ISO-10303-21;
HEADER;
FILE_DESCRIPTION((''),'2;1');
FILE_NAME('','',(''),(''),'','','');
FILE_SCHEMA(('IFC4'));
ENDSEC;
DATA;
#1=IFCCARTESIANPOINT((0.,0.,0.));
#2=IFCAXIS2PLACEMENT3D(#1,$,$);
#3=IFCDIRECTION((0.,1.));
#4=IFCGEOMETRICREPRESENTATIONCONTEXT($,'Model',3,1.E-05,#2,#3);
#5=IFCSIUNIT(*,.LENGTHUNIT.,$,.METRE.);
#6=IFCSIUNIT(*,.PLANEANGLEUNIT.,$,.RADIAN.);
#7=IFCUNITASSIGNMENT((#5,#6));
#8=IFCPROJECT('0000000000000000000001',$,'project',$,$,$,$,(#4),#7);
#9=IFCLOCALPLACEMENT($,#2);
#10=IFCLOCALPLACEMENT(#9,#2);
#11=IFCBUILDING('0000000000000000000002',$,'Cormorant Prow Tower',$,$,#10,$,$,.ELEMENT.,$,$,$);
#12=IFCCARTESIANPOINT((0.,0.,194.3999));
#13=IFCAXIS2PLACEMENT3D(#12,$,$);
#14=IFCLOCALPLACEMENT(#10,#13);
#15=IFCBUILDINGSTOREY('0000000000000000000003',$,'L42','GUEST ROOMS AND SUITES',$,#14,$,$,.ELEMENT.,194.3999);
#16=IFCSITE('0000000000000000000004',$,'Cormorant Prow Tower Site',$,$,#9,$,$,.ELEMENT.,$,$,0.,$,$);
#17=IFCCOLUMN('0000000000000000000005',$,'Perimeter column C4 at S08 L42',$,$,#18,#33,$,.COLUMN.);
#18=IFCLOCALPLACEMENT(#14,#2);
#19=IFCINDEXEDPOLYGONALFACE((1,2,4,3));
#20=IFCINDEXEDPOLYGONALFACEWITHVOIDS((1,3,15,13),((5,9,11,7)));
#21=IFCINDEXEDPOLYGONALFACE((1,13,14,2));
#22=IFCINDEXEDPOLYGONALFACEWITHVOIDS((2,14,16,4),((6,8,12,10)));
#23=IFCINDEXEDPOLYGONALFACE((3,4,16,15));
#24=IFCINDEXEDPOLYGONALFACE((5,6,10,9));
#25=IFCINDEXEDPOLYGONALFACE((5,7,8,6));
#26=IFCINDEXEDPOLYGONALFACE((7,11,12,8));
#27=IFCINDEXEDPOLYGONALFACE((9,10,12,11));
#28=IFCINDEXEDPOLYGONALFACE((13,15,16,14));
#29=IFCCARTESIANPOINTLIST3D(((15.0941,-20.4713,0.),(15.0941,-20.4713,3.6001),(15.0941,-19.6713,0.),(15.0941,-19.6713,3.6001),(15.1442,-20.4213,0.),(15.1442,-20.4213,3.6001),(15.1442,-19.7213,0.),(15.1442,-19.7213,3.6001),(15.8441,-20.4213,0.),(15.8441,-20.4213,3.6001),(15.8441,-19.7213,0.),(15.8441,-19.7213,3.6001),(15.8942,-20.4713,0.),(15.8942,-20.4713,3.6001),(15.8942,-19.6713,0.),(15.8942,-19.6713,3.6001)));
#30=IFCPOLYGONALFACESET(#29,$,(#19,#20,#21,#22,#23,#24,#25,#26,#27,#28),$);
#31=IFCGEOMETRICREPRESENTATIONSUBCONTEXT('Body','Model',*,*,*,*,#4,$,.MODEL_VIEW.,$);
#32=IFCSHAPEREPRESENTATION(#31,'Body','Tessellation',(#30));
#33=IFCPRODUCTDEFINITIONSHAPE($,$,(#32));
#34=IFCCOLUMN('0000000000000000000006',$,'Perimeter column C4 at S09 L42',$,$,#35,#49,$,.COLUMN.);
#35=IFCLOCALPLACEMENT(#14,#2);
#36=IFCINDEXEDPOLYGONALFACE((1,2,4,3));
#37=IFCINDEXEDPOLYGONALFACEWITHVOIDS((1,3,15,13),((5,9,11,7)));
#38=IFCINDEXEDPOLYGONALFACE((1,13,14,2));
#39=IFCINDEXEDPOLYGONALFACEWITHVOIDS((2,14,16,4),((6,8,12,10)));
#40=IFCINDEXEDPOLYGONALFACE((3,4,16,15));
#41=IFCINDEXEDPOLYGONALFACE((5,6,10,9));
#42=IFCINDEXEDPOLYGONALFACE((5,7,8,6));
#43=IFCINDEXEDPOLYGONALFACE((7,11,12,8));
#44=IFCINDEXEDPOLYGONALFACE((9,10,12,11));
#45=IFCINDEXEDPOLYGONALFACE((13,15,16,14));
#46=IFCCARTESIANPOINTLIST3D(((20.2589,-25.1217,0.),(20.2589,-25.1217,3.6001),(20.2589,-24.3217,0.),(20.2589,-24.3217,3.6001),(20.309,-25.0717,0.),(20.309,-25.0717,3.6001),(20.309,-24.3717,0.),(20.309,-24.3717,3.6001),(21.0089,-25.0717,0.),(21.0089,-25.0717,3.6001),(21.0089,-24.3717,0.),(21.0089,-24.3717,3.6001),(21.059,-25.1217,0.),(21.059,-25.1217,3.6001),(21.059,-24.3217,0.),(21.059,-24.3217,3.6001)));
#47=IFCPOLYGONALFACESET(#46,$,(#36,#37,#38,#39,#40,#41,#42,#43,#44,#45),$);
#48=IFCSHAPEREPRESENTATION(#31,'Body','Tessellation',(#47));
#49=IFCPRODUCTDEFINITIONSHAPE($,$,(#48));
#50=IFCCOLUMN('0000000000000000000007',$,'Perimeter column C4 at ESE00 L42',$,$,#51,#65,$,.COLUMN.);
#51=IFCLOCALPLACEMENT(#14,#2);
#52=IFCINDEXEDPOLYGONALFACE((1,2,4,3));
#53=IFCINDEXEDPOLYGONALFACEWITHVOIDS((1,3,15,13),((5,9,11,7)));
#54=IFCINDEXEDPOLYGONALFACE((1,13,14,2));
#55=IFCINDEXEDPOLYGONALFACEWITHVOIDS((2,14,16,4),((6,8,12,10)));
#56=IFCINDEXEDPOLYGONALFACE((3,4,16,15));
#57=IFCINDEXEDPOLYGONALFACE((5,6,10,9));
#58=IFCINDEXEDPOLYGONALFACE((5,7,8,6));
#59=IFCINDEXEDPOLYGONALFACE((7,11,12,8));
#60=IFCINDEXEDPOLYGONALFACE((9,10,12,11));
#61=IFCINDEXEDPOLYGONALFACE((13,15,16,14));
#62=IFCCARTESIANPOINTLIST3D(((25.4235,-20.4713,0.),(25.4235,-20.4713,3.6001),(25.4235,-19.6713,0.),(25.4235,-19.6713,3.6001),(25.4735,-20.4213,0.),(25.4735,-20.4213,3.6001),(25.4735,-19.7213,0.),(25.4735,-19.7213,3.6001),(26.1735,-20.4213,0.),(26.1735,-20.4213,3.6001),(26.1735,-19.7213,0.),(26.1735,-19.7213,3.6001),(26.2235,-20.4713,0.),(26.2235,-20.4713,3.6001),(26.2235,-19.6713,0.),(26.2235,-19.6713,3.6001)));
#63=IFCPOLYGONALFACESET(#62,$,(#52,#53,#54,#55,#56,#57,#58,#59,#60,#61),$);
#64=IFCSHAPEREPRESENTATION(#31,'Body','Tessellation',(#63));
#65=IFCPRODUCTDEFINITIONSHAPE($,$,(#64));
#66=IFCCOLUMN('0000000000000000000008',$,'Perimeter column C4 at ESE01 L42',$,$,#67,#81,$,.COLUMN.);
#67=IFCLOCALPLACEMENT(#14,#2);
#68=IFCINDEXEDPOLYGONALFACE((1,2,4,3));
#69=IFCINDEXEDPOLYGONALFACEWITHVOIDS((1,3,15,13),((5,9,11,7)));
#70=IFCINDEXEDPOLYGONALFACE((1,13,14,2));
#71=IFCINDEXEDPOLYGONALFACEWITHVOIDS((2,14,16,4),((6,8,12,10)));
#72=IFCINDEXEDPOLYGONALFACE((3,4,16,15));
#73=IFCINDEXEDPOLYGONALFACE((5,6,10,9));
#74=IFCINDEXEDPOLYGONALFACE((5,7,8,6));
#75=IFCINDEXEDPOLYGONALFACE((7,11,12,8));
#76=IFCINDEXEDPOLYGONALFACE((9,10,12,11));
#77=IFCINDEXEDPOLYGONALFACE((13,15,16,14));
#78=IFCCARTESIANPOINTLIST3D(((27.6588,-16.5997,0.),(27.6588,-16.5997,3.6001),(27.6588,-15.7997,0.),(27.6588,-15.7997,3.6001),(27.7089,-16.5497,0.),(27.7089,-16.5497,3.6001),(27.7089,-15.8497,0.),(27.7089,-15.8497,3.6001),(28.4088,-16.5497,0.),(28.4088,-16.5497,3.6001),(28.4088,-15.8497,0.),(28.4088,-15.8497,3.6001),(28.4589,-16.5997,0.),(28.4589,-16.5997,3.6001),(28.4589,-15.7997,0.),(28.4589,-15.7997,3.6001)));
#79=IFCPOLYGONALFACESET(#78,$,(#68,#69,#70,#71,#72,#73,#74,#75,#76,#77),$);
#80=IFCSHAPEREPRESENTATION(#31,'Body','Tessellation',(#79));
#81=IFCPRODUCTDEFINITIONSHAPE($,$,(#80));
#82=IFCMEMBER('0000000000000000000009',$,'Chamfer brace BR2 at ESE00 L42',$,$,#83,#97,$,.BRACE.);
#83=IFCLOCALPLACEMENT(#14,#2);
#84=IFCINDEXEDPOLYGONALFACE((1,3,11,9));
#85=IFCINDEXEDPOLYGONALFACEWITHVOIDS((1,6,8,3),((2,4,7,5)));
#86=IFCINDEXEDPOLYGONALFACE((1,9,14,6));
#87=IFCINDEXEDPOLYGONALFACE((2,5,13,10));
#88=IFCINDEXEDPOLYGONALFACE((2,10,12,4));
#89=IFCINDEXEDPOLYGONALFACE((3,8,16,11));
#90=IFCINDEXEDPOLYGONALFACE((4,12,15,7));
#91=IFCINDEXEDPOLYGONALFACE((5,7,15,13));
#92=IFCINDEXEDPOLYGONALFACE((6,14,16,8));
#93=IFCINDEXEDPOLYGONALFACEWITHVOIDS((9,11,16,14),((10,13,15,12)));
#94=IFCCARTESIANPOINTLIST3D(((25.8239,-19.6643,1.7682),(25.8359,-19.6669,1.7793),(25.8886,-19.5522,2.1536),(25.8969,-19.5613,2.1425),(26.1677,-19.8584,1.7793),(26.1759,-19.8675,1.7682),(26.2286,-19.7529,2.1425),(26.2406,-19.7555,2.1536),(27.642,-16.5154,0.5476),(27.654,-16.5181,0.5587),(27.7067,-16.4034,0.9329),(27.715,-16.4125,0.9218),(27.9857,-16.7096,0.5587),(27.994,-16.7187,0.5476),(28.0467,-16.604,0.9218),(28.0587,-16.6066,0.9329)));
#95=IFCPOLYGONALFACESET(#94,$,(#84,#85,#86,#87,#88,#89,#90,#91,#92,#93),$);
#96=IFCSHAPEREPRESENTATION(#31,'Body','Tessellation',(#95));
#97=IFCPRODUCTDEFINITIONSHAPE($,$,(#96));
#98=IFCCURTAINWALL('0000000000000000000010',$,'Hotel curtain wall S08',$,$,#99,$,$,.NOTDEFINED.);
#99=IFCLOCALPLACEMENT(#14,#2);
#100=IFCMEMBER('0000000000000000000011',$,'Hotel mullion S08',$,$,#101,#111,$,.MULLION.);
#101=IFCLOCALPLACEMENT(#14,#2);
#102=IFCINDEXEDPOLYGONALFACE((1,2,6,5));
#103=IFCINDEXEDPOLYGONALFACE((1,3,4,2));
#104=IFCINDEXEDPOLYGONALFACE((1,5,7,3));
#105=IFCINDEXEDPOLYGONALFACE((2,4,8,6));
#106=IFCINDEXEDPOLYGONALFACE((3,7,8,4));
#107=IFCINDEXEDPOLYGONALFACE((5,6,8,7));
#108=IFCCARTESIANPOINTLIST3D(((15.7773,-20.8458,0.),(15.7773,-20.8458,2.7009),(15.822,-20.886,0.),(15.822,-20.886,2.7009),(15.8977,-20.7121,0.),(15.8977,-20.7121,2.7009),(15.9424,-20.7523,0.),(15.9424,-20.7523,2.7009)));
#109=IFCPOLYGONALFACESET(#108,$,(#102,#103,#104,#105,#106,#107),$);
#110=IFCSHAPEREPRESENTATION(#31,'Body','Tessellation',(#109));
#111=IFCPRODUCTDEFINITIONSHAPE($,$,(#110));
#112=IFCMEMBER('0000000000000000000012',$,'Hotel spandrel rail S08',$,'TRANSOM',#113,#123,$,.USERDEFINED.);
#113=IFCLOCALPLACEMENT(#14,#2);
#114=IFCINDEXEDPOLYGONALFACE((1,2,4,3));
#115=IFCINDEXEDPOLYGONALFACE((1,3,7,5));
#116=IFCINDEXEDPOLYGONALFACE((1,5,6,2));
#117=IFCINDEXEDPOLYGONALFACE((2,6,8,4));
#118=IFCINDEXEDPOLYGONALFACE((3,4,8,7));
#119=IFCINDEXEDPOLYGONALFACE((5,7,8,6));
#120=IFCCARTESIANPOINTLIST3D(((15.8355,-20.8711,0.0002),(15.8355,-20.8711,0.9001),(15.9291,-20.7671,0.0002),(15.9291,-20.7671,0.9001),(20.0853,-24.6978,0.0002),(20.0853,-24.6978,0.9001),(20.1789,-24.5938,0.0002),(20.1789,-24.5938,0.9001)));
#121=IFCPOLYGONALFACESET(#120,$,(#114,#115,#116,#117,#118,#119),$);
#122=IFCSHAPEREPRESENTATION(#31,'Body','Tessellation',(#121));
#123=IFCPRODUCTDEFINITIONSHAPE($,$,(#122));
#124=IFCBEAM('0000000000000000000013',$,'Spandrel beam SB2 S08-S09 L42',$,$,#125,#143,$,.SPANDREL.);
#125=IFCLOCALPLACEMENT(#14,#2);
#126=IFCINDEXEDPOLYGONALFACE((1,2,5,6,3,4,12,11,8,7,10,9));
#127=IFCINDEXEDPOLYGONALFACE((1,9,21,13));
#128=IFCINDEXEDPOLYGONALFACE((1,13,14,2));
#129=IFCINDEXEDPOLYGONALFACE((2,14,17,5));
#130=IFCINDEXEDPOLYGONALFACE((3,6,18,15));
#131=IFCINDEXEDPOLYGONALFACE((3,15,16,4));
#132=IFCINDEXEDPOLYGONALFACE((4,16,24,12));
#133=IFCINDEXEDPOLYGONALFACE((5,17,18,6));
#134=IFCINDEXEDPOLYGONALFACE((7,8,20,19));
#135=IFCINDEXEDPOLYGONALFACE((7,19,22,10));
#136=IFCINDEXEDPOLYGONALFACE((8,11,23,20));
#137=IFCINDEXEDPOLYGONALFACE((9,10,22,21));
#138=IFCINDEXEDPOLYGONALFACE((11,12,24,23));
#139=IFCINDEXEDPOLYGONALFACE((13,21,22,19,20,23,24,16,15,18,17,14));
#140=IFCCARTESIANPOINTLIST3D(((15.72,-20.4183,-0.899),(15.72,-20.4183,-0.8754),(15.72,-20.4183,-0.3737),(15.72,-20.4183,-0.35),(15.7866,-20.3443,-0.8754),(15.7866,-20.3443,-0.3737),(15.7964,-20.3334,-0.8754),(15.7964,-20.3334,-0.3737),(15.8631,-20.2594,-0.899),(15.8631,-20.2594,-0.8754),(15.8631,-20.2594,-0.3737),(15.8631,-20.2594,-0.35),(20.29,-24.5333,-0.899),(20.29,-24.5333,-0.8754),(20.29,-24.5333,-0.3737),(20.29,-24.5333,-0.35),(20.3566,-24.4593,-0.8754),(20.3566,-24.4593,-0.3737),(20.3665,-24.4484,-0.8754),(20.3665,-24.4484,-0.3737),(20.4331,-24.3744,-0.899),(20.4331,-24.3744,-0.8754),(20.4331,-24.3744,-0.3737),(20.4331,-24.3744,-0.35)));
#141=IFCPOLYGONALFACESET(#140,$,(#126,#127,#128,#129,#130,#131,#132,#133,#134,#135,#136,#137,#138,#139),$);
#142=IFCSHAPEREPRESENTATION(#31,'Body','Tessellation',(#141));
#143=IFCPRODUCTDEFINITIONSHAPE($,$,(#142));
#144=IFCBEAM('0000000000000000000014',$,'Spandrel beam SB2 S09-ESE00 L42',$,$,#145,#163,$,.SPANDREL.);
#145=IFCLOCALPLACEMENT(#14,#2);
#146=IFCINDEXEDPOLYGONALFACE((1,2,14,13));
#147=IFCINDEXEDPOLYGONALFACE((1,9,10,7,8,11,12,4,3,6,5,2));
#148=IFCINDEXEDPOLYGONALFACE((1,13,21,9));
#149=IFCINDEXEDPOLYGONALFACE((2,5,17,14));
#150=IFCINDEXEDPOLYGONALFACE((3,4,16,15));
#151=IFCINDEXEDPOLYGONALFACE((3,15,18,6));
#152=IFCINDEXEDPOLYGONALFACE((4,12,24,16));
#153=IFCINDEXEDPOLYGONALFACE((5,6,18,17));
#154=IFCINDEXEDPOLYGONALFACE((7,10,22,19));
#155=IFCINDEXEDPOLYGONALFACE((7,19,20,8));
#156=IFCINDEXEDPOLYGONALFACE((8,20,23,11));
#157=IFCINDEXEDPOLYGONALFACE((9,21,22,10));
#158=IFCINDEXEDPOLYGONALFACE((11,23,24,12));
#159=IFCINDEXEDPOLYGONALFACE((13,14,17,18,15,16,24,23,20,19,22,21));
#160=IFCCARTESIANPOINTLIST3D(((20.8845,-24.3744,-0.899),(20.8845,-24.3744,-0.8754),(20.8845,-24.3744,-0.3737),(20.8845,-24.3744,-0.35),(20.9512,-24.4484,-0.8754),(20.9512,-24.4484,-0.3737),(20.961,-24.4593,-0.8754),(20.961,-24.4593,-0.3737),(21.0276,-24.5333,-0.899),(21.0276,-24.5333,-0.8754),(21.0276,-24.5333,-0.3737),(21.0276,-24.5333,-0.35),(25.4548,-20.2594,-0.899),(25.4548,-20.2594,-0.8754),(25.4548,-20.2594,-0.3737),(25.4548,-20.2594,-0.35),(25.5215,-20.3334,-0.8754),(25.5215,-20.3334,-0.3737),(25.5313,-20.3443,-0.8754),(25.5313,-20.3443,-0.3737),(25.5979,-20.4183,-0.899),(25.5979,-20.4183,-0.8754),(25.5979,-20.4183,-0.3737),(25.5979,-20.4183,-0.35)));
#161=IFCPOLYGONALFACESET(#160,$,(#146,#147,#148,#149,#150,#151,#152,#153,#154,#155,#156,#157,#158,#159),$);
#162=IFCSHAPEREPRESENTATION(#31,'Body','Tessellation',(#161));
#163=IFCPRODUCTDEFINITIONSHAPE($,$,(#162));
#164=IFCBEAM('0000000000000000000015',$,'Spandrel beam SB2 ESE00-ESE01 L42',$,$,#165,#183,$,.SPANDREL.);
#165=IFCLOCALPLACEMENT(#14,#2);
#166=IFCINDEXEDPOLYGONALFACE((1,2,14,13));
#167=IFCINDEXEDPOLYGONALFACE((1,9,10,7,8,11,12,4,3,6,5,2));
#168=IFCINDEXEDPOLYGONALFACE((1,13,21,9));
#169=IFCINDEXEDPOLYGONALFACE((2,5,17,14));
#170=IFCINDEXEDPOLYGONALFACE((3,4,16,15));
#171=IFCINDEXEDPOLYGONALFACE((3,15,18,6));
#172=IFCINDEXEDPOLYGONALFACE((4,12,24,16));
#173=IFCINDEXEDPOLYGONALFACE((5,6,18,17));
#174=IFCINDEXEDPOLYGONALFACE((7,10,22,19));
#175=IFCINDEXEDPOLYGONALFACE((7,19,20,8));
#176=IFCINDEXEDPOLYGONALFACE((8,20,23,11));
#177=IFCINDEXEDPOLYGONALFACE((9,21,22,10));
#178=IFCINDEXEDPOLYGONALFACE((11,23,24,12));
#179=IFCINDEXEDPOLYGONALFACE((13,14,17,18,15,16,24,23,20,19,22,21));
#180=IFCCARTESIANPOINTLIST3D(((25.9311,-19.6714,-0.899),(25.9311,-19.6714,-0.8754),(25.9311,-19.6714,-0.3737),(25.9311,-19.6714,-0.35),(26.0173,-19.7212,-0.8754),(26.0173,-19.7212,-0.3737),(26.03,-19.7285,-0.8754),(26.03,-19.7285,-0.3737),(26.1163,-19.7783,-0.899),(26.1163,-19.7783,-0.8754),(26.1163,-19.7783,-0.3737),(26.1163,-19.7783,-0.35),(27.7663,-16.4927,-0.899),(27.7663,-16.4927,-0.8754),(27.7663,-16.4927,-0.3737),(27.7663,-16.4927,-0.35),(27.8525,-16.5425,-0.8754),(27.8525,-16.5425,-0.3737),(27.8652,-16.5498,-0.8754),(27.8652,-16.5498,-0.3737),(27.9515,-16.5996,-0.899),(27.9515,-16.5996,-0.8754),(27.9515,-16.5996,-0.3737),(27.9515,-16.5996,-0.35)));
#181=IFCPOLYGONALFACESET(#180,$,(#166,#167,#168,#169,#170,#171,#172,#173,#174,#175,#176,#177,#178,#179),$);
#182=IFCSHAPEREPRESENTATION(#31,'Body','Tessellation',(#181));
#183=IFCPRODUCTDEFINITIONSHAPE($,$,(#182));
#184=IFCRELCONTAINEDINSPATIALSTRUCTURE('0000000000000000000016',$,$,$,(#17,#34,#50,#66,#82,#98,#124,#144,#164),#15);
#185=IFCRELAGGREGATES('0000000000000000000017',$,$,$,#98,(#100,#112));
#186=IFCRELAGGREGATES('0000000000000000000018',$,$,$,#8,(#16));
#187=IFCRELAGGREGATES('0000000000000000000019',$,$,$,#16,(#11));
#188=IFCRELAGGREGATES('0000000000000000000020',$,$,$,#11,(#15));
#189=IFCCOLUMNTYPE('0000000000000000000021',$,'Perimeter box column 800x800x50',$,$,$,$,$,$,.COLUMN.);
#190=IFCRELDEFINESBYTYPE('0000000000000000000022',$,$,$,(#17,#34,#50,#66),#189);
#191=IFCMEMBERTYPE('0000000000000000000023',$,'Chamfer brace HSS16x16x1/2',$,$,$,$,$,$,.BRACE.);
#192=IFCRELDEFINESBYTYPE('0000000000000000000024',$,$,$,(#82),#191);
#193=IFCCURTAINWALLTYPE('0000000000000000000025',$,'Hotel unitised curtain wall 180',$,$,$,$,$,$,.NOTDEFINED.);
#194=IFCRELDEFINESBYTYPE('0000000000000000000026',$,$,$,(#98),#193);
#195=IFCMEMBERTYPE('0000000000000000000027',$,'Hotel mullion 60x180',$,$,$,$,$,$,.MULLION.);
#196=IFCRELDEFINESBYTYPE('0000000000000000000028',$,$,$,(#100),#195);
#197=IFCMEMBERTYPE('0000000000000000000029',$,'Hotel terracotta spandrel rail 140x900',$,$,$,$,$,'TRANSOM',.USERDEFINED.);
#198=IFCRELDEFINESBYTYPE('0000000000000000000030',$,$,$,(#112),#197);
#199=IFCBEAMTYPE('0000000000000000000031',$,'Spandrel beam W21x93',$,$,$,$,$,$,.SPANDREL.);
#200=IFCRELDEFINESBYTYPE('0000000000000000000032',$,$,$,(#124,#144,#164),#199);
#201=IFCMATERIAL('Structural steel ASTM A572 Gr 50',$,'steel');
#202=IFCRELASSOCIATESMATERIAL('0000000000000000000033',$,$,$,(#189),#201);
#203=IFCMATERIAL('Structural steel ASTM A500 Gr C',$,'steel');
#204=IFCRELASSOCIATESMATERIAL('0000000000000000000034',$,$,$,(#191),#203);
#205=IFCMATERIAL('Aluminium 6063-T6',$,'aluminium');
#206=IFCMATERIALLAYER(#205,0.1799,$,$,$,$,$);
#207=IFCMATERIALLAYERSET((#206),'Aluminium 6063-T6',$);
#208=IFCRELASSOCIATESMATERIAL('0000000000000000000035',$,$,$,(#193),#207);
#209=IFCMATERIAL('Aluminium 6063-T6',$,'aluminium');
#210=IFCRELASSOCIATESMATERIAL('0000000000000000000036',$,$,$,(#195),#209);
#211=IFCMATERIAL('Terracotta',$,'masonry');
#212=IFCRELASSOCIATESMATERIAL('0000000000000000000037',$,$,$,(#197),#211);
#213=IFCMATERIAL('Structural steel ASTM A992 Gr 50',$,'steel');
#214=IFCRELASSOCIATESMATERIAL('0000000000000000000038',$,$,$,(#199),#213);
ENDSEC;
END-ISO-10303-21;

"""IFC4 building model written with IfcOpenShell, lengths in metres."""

from ifc_helpers import new_model, si_unit, direction, frame, origin, origin_2d, place, context, subcontext, project, spatial, rectangle, hollow_rectangle, i_section, extrude, material, layer, layer_set, material_profile, profile_set, type_object, element, aggregate, save


model = new_model("IFC4")

# Units and contexts
model_context = context("Model", 3, precision=1e-05, world=origin(), true_north=direction((0.0, 1.0)))
body_context = subcontext(model_context, "Body", "Model", "MODEL_VIEW")
ifc_project = project(units=[si_unit("LENGTHUNIT", "METRE"), si_unit("PLANEANGLEUNIT", "RADIAN")], contexts=[model_context])

# Site, building, storey
site_placement = place(None, origin())
site = spatial("IfcSite", under=ifc_project, at=site_placement, Name="Cormorant Prow Tower Site", CompositionType="ELEMENT", RefElevation=0.0)
building_placement = place(site_placement, origin())
building = spatial("IfcBuilding", under=site, at=building_placement, Name="Cormorant Prow Tower", CompositionType="ELEMENT")
storey_placement = place(building_placement, frame((0.0, 0.0, 194.3999)))
storey = spatial("IfcBuildingStorey", under=building, at=storey_placement, Name="L42", Description="GUEST ROOMS AND SUITES", CompositionType="ELEMENT", Elevation=194.3999)

# Columns
ifc_material_1 = material(Name="Structural steel ASTM A572 Gr 50", Category="steel")
ifc_material_profile_1 = material_profile(ifc_material_1, hollow_rectangle(XDim=0.8, YDim=0.8, WallThickness=0.05, at=origin_2d()), Name="Box 800x800x50")
ifc_profile_set_1 = profile_set([ifc_material_profile_1], Name="Structural steel ASTM A572 Gr 50")
column_type = type_object("IfcColumnType", Name="Perimeter box column 800x800x50", PredefinedType="COLUMN", material=ifc_profile_set_1)
for number, where, z_axis, x_axis, name in (
    (1, (15.4941, -20.0713, 0.0), (0.0, 0.0, 1.0), (1.0, 0.0, 0.0), "Perimeter column C4 at S08 L42"),
    (2, (20.6589, -24.7217, 0.0), (0.0, 0.0, 1.0), (1.0, 0.0, 0.0), "Perimeter column C4 at S09 L42"),
    (3, (25.8235, -20.0713, 0.0), (0.0, 0.0, 1.0), (1.0, 0.0, 0.0), "Perimeter column C4 at ESE00 L42"),
    (4, (28.0588, -16.1997, 0.0), (0.0, 0.0, 1.0), (1.0, 0.0, 0.0), "Perimeter column C4 at ESE01 L42"),
):
    element("IfcColumn", number, at=place(storey_placement, frame(where, z_axis=z_axis, x_axis=x_axis)), inside=storey, type_object=column_type, Name=name, PredefinedType="COLUMN", context=body_context, shape_type="SweptSolid", body=[
        extrude(hollow_rectangle(XDim=0.8, YDim=0.8, WallThickness=0.05, at=origin_2d()), origin(), (0.0, 0.0, 1.0), 3.6001),
    ])

# Member
ifc_material_2 = material(Name="Structural steel ASTM A500 Gr C", Category="steel")
ifc_material_profile_2 = material_profile(ifc_material_2, hollow_rectangle(XDim=0.4065, YDim=0.4065, WallThickness=0.0117, at=origin_2d()), Name="HSS16x16x1/2")
ifc_profile_set_2 = profile_set([ifc_material_profile_2], Name="Structural steel ASTM A500 Gr C")
member_type_1 = type_object("IfcMemberType", Name="Chamfer brace HSS16x16x1/2", PredefinedType="BRACE", material=ifc_profile_set_2)
member_1_placement = place(storey_placement, frame((27.8503, -16.561, 0.7402), z_axis=(-0.474018, -0.820986, 0.318261), x_axis=(0.866016, -0.500017, 0.0)))
element("IfcMember", 5, at=member_1_placement, inside=storey, type_object=member_type_1, Name="Chamfer brace BR2 at ESE00 L42", PredefinedType="BRACE", context=body_context, shape_type="SweptSolid", body=[
    extrude(hollow_rectangle(XDim=0.4065, YDim=0.4065, WallThickness=0.0117, at=origin_2d()), origin(), (0.0, 0.0, 1.0), 3.8354),
])

# Curtain wall, members
ifc_material_3 = material(Name="Aluminium 6063-T6", Category="aluminium")
ifc_layer_1 = layer(ifc_material_3, 0.1799)
ifc_layer_set_1 = layer_set([ifc_layer_1], Name="Aluminium 6063-T6")
curtain_wall_type = type_object("IfcCurtainWallType", Name="Hotel unitised curtain wall 180", PredefinedType="NOTDEFINED", material=ifc_layer_set_1)
curtain_wall_placement = place(storey_placement, origin())
curtain_wall = element("IfcCurtainWall", 6, at=curtain_wall_placement, inside=storey, type_object=curtain_wall_type, Name="Hotel curtain wall S08", PredefinedType="NOTDEFINED")
ifc_material_4 = material(Name="Aluminium 6063-T6", Category="aluminium")
ifc_material_profile_3 = material_profile(ifc_material_4, rectangle(XDim=0.1799, YDim=0.0601, at=origin_2d()), Name="Hotel mullion 60x180")
ifc_profile_set_3 = profile_set([ifc_material_profile_3], Name="Aluminium 6063-T6")
member_type_2 = type_object("IfcMemberType", Name="Hotel mullion 60x180", PredefinedType="MULLION", material=ifc_profile_set_3)
member_2_placement = place(storey_placement, frame((15.8599, -20.7991, 0.0), z_axis=(0.0, 0.0, 1.0), x_axis=(0.669131, 0.743145, 0.0)))
member_2 = element("IfcMember", 7, at=member_2_placement, type_object=member_type_2, Name="Hotel mullion S08", PredefinedType="MULLION", context=body_context, shape_type="SweptSolid", body=[
    extrude(rectangle(XDim=0.1799, YDim=0.0601, at=origin_2d()), origin(), (0.0, 0.0, 1.0), 2.7009),
])
ifc_material_5 = material(Name="Terracotta", Category="masonry")
ifc_material_profile_4 = material_profile(ifc_material_5, rectangle(XDim=0.1399, YDim=0.8999, at=origin_2d()), Name="Hotel terracotta spandrel rail 140x900")
ifc_profile_set_4 = profile_set([ifc_material_profile_4], Name="Terracotta")
member_type_3 = type_object("IfcMemberType", Name="Hotel terracotta spandrel rail 140x900", ElementType="TRANSOM", PredefinedType="USERDEFINED", material=ifc_profile_set_4)
member_3_placement = place(storey_placement, frame((15.8823, -20.8191, 0.4502), z_axis=(0.743131, -0.669146, 0.0), x_axis=(0.669146, 0.743131, 0.0)))
member_3 = element("IfcMember", 8, at=member_3_placement, type_object=member_type_3, Name="Hotel spandrel rail S08", ObjectType="TRANSOM", PredefinedType="USERDEFINED", context=body_context, shape_type="SweptSolid", body=[
    extrude(rectangle(XDim=0.1399, YDim=0.8999, at=origin_2d()), origin(), (0.0, 0.0, 1.0), 5.7188),
])

# Beams
ifc_material_6 = material(Name="Structural steel ASTM A992 Gr 50", Category="steel")
ifc_material_profile_5 = material_profile(ifc_material_6, i_section(OverallWidth=0.2139, OverallDepth=0.5491, WebThickness=0.0146, FlangeThickness=0.0237, at=origin_2d()), Name="W21x93")
ifc_profile_set_5 = profile_set([ifc_material_profile_5], Name="Structural steel ASTM A992 Gr 50")
beam_type = type_object("IfcBeamType", Name="Spandrel beam W21x93", PredefinedType="SPANDREL", material=ifc_profile_set_5)
beam_1_placement = place(storey_placement, frame((15.7915, -20.3389, -0.6245), z_axis=(0.743138, -0.669138, 0.0), x_axis=(0.669138, 0.743138, 0.0)))
element("IfcBeam", 9, at=beam_1_placement, inside=storey, type_object=beam_type, Name="Spandrel beam SB2 S08-S09 L42", PredefinedType="SPANDREL", context=body_context, shape_type="SweptSolid", body=[
    extrude(i_section(OverallWidth=0.2139, OverallDepth=0.5491, WebThickness=0.0146, FlangeThickness=0.0237, at=origin_2d()), origin(), (0.0, 0.0, 1.0), 6.1497),
])
beam_2_placement = place(storey_placement, frame((20.9561, -24.4539, -0.6245), z_axis=(0.743156, 0.669118, 0.0), x_axis=(-0.669118, 0.743156, 0.0)))
element("IfcBeam", 10, at=beam_2_placement, inside=storey, type_object=beam_type, Name="Spandrel beam SB2 S09-ESE00 L42", PredefinedType="SPANDREL", context=body_context, shape_type="SweptSolid", body=[
    extrude(i_section(OverallWidth=0.2139, OverallDepth=0.5491, WebThickness=0.0146, FlangeThickness=0.0237, at=origin_2d()), origin(), (0.0, 0.0, 1.0), 6.1499),
])
for number, where, z_axis, x_axis, name in (
    (11, (26.0237, -19.7249, -0.6245), (0.499995, 0.866028, 0.0), (-0.866028, 0.499995, 0.0), "Spandrel beam SB2 ESE00-ESE01 L42"),
):
    element("IfcBeam", number, at=place(storey_placement, frame(where, z_axis=z_axis, x_axis=x_axis)), inside=storey, type_object=beam_type, Name=name, PredefinedType="SPANDREL", context=body_context, shape_type="SweptSolid", body=[
        extrude(i_section(OverallWidth=0.2139, OverallDepth=0.5491, WebThickness=0.0146, FlangeThickness=0.0237, at=origin_2d()), origin(), (0.0, 0.0, 1.0), 3.6704),
    ])

aggregate(curtain_wall, [member_2, member_3])

save(model, "model.ifc")
